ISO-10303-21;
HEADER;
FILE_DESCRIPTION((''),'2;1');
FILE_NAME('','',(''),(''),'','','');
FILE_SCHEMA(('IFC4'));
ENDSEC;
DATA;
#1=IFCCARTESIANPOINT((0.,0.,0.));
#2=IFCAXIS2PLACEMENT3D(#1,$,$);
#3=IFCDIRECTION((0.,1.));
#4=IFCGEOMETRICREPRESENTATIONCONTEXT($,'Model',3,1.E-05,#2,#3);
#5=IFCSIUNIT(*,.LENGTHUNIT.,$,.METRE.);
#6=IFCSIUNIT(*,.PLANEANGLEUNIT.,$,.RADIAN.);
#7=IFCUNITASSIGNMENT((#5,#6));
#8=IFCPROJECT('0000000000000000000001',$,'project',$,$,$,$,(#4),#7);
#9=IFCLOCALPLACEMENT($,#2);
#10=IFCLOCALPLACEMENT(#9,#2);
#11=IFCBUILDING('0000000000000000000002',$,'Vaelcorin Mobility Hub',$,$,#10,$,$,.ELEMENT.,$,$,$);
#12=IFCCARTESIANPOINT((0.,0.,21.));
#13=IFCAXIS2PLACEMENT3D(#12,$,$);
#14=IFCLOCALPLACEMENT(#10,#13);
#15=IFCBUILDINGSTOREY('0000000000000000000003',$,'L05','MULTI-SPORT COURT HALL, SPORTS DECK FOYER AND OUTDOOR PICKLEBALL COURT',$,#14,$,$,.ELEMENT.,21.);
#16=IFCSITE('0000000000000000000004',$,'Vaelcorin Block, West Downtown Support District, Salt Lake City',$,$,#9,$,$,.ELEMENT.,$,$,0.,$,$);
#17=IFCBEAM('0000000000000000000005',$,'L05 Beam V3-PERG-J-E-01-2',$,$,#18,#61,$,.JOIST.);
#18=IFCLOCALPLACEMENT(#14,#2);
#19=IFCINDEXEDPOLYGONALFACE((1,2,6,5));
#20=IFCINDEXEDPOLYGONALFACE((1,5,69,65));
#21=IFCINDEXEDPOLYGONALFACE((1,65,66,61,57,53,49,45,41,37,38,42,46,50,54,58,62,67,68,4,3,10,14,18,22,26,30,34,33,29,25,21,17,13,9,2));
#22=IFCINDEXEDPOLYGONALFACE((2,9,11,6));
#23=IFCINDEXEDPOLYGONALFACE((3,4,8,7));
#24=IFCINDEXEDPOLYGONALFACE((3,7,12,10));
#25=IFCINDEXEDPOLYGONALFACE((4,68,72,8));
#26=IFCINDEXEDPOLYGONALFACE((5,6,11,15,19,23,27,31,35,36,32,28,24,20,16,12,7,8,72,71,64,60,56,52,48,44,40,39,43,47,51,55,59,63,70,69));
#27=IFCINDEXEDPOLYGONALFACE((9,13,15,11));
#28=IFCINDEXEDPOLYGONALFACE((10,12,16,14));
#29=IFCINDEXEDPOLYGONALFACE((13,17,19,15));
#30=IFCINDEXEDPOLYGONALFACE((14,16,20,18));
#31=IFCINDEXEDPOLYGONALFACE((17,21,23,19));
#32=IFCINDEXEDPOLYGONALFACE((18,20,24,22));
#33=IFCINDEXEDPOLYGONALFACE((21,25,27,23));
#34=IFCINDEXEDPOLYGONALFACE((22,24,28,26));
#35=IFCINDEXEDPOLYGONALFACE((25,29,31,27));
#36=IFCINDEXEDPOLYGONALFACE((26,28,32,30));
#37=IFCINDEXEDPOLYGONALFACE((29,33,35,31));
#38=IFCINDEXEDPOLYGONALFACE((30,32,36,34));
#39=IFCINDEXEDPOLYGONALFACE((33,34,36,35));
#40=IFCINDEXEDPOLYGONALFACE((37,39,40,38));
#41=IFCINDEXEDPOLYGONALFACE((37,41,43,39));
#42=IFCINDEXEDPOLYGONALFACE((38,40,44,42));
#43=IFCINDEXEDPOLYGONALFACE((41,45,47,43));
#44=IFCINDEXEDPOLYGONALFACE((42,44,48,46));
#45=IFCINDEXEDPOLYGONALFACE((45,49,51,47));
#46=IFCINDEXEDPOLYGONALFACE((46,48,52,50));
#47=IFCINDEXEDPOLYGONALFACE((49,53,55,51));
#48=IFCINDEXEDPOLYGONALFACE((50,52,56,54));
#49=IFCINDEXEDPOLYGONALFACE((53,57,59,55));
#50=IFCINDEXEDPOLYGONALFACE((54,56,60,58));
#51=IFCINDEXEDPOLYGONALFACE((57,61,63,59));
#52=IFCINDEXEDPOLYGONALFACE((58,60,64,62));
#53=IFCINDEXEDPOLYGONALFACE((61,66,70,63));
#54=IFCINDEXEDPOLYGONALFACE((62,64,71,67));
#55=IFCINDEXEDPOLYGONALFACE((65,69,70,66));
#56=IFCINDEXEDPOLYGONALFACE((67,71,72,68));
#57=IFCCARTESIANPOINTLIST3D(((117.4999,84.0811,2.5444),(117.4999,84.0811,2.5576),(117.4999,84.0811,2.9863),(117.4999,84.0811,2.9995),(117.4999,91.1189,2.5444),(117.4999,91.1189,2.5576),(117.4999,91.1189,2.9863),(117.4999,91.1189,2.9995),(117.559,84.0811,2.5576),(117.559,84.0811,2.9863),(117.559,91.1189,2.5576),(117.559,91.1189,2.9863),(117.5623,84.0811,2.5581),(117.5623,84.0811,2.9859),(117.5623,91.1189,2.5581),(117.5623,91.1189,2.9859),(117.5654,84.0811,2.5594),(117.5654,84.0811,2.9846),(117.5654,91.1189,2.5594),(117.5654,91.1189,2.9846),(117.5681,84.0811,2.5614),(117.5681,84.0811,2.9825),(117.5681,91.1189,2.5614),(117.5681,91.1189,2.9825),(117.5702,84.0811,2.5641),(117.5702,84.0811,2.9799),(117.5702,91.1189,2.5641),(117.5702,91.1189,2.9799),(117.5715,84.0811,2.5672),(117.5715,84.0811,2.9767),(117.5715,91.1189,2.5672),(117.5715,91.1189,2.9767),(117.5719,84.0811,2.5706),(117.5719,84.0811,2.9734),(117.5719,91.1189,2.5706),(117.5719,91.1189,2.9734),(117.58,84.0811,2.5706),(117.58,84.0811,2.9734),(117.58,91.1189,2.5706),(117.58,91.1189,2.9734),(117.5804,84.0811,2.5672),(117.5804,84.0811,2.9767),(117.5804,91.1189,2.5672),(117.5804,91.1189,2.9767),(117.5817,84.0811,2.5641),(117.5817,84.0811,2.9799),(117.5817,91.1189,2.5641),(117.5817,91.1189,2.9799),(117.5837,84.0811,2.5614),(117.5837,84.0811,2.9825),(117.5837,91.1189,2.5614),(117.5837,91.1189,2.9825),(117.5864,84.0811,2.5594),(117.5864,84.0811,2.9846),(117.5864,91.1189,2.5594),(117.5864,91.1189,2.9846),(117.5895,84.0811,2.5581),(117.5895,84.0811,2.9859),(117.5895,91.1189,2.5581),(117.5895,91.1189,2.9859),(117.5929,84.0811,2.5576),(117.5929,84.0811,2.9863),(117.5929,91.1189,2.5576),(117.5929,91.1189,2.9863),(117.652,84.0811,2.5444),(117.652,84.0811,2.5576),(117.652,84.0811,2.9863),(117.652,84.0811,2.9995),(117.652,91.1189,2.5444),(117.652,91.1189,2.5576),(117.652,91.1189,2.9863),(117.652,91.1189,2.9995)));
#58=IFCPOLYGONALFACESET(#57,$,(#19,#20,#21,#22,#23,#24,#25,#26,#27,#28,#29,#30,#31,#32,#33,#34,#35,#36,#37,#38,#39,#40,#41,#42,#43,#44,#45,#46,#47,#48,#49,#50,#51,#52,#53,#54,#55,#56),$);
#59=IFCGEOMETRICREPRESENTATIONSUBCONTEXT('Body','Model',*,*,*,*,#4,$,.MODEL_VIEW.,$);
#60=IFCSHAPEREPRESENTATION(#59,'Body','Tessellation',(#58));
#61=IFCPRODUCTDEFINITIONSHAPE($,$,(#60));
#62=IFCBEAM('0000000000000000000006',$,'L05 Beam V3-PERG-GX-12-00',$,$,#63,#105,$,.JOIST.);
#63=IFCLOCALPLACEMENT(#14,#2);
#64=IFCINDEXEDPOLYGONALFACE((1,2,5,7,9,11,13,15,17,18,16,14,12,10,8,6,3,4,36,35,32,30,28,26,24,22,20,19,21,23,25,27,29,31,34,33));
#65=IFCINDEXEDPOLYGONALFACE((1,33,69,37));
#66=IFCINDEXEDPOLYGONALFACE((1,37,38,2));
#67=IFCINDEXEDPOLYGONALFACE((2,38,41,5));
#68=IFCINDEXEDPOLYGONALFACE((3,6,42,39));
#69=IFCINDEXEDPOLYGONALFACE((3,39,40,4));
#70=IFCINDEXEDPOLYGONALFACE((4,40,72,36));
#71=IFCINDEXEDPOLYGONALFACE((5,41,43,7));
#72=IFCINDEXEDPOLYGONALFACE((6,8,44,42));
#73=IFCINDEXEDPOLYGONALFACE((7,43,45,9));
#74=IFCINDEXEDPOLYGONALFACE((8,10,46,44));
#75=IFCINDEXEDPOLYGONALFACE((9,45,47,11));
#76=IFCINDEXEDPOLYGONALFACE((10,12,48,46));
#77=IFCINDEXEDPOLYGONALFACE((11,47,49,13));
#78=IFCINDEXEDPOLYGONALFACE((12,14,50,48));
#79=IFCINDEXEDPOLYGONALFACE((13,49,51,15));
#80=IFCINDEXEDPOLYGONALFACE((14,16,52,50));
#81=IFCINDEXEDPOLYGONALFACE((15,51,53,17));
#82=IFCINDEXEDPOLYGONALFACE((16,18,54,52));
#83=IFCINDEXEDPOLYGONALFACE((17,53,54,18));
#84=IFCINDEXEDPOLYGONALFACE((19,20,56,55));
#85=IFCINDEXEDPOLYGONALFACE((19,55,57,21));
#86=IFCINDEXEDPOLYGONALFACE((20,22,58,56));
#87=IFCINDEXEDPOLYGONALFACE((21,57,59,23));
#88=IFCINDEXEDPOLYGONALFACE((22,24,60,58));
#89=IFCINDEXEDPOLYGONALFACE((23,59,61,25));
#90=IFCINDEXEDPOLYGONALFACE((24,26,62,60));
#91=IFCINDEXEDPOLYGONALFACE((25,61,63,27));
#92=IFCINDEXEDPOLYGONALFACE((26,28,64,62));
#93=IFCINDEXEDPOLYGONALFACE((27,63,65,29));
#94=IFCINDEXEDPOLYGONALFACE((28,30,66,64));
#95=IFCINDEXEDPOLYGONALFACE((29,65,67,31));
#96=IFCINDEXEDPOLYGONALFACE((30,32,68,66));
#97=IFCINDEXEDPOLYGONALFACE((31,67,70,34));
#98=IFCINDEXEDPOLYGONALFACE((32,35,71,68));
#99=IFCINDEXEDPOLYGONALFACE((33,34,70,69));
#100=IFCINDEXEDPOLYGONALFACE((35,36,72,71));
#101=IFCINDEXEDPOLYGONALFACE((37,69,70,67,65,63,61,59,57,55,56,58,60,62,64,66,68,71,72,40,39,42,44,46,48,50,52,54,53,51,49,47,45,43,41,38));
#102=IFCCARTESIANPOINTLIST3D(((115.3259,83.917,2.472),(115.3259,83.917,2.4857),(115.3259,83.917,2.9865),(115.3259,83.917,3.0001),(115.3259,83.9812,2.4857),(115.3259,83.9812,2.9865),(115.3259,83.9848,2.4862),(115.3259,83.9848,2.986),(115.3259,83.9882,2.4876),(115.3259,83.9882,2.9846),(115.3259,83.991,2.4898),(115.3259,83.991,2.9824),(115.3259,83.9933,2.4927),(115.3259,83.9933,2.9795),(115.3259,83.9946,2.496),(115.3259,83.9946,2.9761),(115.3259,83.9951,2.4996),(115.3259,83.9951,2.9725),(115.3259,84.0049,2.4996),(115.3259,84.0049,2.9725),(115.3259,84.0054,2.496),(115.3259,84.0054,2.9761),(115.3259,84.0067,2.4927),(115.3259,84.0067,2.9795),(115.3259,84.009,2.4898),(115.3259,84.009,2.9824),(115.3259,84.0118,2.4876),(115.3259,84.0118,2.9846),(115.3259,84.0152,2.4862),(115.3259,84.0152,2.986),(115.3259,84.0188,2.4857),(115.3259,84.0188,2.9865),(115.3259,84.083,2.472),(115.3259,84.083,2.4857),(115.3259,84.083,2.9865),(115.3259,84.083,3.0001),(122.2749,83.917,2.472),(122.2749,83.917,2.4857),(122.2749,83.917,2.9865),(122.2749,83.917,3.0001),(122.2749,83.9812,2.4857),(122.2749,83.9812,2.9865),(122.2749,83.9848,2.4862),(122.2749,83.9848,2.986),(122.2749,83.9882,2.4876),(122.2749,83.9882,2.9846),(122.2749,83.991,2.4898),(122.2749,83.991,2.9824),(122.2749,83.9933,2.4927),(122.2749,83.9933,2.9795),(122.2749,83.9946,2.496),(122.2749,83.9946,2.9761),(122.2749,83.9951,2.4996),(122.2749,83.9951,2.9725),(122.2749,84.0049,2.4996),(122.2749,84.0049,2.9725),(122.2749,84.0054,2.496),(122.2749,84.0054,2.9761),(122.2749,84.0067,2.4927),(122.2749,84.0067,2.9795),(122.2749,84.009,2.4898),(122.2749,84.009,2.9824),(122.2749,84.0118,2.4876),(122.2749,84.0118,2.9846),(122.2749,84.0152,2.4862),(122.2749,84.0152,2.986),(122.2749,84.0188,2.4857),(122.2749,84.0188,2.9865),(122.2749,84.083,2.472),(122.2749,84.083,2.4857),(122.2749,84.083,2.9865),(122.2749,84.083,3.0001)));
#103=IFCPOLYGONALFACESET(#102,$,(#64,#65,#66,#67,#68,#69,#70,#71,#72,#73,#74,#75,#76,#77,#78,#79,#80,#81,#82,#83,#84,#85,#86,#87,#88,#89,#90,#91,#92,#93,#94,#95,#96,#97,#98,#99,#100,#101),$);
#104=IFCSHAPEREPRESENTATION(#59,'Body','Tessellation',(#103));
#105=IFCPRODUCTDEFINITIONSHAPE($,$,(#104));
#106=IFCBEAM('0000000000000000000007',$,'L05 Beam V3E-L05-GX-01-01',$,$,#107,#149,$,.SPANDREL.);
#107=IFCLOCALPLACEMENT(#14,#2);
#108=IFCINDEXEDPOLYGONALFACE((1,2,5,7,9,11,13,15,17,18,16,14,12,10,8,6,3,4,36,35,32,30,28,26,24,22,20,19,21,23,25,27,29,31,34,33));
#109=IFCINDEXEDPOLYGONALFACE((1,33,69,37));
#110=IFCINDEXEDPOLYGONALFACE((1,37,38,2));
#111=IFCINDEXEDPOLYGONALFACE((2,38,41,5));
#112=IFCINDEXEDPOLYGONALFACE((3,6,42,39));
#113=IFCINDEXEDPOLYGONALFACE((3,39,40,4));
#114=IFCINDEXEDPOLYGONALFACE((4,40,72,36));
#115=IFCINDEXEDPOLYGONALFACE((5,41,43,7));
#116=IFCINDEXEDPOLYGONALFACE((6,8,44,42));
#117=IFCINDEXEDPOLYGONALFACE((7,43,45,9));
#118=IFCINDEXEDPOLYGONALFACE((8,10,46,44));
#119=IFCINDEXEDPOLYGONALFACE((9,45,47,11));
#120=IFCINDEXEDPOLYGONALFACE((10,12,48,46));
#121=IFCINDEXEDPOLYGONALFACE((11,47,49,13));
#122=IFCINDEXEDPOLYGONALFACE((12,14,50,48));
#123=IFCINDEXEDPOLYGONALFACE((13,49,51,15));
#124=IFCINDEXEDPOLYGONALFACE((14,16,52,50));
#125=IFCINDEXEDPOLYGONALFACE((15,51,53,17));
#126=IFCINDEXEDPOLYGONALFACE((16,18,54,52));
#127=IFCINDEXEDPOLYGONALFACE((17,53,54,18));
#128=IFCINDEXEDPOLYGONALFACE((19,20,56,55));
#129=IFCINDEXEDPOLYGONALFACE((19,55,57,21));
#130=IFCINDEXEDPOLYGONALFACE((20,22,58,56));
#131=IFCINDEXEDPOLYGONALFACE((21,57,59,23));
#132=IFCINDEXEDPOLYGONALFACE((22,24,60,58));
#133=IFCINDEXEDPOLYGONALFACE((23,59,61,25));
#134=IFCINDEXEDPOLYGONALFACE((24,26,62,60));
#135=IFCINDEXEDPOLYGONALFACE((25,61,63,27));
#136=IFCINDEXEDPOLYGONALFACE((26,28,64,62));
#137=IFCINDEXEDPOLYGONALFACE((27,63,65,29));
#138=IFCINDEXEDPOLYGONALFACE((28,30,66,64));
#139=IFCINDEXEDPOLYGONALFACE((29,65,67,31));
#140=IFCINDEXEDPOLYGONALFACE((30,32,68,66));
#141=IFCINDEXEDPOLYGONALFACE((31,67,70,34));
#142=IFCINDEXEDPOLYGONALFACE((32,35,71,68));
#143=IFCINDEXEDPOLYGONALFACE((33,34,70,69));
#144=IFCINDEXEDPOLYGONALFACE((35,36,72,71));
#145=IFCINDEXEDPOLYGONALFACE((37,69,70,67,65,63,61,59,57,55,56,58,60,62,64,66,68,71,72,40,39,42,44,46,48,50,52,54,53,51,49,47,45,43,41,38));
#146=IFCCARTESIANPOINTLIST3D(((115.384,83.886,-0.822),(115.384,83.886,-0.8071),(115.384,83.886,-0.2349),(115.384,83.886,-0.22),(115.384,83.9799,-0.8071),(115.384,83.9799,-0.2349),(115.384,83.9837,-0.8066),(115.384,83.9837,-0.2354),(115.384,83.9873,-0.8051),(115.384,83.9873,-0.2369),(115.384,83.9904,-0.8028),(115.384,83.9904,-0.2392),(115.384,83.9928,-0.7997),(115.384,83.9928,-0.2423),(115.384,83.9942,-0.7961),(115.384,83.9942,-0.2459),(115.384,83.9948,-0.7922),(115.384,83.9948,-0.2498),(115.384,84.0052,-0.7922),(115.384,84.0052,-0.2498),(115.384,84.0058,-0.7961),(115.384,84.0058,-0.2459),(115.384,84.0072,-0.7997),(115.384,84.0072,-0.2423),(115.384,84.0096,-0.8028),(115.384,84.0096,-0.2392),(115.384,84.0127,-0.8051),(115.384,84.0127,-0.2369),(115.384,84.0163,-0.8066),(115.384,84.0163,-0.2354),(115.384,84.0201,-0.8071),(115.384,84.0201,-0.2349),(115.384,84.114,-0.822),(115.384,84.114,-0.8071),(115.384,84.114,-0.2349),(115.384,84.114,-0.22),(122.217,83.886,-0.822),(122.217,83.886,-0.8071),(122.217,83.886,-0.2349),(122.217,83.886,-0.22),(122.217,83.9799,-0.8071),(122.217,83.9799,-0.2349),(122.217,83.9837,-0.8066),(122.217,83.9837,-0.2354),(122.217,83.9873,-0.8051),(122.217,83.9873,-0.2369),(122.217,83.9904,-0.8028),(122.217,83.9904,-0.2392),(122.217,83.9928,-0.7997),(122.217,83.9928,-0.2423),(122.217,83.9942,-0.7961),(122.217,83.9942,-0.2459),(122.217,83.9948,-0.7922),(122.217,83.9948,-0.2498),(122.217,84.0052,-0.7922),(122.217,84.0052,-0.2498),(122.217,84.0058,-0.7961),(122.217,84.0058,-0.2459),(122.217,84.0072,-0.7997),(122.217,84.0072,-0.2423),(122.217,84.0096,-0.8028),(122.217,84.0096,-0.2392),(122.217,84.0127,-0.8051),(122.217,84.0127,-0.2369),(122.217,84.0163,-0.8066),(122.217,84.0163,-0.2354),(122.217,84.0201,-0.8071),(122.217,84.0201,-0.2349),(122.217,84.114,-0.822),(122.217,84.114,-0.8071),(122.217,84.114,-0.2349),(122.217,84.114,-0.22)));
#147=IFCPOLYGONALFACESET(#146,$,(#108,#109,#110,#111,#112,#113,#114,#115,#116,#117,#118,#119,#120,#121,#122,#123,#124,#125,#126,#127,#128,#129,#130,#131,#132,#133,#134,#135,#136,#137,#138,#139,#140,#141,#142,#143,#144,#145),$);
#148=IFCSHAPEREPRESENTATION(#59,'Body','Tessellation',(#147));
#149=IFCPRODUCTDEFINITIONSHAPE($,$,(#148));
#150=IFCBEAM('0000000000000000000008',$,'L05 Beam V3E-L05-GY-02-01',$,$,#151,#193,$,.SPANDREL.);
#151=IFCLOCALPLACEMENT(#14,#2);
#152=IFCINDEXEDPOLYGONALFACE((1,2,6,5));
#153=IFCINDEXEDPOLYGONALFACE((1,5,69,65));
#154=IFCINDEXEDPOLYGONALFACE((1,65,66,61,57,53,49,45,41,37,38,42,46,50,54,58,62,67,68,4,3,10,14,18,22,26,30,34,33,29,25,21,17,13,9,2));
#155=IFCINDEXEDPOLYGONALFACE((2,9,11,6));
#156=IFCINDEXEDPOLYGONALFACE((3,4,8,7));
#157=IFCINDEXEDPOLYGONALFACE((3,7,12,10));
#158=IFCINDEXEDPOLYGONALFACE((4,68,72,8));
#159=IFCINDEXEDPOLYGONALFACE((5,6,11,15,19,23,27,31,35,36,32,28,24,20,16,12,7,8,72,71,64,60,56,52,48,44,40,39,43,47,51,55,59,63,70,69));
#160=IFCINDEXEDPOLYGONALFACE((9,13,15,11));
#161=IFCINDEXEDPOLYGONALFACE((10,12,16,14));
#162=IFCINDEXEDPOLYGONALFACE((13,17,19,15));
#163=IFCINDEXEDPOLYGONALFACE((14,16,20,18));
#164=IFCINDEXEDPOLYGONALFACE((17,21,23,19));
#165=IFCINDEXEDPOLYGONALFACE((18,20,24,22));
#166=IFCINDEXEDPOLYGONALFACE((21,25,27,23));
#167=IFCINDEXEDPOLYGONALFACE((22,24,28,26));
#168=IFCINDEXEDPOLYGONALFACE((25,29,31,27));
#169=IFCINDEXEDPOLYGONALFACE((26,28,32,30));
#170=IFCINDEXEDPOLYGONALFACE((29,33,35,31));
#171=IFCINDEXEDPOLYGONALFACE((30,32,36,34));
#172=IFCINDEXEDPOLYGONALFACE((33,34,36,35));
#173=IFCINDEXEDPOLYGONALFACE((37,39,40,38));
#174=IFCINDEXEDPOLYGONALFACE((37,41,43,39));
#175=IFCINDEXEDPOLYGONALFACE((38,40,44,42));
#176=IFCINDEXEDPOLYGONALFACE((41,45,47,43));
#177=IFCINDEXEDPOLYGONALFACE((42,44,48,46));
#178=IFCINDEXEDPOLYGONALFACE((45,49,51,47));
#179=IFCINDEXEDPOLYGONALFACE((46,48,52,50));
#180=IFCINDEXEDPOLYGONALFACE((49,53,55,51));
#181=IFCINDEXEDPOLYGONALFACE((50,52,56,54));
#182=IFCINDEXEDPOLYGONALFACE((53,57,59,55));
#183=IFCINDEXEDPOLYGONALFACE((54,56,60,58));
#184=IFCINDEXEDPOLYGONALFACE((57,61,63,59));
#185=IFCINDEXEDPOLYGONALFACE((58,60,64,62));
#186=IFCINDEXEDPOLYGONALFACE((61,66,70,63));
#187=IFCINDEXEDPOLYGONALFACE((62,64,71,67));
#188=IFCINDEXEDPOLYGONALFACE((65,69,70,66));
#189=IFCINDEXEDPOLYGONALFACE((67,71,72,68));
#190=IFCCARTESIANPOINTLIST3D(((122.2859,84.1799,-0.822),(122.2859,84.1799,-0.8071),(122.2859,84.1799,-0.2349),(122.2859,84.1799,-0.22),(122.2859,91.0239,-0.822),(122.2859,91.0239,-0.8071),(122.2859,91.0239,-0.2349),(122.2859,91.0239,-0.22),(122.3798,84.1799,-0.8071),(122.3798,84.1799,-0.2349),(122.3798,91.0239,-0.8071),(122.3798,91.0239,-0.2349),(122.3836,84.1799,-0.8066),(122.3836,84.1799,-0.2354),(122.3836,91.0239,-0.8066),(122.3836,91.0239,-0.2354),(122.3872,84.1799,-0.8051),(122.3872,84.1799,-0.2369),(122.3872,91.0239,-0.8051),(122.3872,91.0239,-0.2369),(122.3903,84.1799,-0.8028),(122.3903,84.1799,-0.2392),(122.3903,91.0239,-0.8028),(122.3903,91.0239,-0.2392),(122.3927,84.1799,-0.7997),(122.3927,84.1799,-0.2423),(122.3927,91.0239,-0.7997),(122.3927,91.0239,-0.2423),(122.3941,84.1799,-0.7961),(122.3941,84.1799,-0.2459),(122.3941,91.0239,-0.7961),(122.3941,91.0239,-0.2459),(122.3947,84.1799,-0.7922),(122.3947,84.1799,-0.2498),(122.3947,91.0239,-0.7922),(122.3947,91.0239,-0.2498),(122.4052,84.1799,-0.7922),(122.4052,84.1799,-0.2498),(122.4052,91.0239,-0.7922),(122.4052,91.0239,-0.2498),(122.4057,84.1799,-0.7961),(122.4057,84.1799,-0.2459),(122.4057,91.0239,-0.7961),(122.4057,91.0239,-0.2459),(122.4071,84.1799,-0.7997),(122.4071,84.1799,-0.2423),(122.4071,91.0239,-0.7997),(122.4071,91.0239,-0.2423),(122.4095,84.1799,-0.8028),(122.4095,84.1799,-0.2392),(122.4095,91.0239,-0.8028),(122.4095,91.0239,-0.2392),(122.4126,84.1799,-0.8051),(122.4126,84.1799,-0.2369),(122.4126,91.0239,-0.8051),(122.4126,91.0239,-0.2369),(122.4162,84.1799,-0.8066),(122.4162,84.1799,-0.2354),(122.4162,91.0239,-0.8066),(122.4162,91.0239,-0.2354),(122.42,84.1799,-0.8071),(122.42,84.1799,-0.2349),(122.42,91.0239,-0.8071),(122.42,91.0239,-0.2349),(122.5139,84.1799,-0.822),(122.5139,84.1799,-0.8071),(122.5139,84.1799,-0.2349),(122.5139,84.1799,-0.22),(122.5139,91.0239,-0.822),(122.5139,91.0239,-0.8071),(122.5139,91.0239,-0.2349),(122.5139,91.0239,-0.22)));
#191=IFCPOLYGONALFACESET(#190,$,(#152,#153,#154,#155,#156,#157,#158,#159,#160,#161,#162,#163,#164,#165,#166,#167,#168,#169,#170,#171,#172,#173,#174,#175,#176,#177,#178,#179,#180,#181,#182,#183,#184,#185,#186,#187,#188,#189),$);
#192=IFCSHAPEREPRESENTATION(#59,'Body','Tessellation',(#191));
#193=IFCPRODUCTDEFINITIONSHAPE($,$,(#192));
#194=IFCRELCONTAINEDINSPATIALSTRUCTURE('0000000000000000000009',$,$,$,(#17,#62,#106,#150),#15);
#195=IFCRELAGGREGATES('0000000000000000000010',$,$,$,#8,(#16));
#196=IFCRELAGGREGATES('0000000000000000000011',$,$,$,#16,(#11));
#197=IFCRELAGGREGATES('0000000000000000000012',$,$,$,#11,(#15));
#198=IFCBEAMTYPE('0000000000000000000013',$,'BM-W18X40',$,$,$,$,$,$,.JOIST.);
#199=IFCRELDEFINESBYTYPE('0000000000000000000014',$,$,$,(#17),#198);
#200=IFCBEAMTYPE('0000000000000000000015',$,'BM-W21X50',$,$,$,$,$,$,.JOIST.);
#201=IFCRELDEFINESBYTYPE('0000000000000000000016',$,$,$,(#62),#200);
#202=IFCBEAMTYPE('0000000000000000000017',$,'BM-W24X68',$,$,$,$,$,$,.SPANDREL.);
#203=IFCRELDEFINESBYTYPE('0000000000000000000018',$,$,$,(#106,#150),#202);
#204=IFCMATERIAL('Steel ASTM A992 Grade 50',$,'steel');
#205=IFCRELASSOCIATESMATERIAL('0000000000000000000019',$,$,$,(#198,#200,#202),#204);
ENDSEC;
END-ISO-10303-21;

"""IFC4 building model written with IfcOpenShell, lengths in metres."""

from ifc_helpers import new_model, si_unit, direction, frame, origin, origin_2d, place, context, subcontext, project, spatial, i_section, extrude, material, material_profile, profile_set, type_object, element, save


model = new_model("IFC4")

# Units and contexts
model_context = context("Model", 3, precision=1e-05, world=origin(), true_north=direction((0.0, 1.0)))
body_context = subcontext(model_context, "Body", "Model", "MODEL_VIEW")
ifc_project = project(units=[si_unit("LENGTHUNIT", "METRE"), si_unit("PLANEANGLEUNIT", "RADIAN")], contexts=[model_context])

# Site, building, storey
site_placement = place(None, origin())
site = spatial("IfcSite", under=ifc_project, at=site_placement, Name="Vaelcorin Block, West Downtown Support District, Salt Lake City", CompositionType="ELEMENT", RefElevation=0.0)
building_placement = place(site_placement, origin())
building = spatial("IfcBuilding", under=site, at=building_placement, Name="Vaelcorin Mobility Hub", CompositionType="ELEMENT")
storey_placement = place(building_placement, frame((0.0, 0.0, 21.0)))
storey = spatial("IfcBuildingStorey", under=building, at=storey_placement, Name="L05", Description="MULTI-SPORT COURT HALL, SPORTS DECK FOYER AND OUTDOOR PICKLEBALL COURT", CompositionType="ELEMENT", Elevation=21.0)

# Shared definitions
ifc_material_1 = material(Name="Steel ASTM A992 Grade 50", Category="steel")

# Beams
ifc_material_profile_1 = material_profile(ifc_material_1, i_section(OverallWidth=0.1521, OverallDepth=0.4551, WebThickness=0.0081, FlangeThickness=0.0132, FilletRadius=0.0129, at=origin_2d()), Name="W18X40")
ifc_profile_set_1 = profile_set([ifc_material_profile_1], Name="Steel ASTM A992 Grade 50")
beam_type_1 = type_object("IfcBeamType", Name="BM-W18X40", PredefinedType="JOIST", material=ifc_profile_set_1)
for number, where, z_axis, x_axis, name in (
    (1, (117.5759, 84.0811, 2.772), (0.0, 1.0, 0.0), (-1.0, 0.0, 0.0), "L05 Beam V3-PERG-J-E-01-2"),
):
    element("IfcBeam", number, at=place(storey_placement, frame(where, z_axis=z_axis, x_axis=x_axis)), inside=storey, type_object=beam_type_1, Name=name, PredefinedType="JOIST", context=body_context, shape_type="SweptSolid", body=[
        extrude(i_section(OverallWidth=0.1521, OverallDepth=0.4551, WebThickness=0.0081, FlangeThickness=0.0132, FilletRadius=0.0129, at=origin_2d()), origin(), (0.0, 0.0, 1.0), 7.0378),
    ])
ifc_material_profile_2 = material_profile(ifc_material_1, i_section(OverallWidth=0.166, OverallDepth=0.5281, WebThickness=0.0098, FlangeThickness=0.0137, FilletRadius=0.0139, at=origin_2d()), Name="W21X50")
ifc_profile_set_2 = profile_set([ifc_material_profile_2], Name="Steel ASTM A992 Grade 50")
beam_type_2 = type_object("IfcBeamType", Name="BM-W21X50", PredefinedType="JOIST", material=ifc_profile_set_2)
beam_1_placement = place(storey_placement, frame((115.3259, 84.0, 2.7361), z_axis=(1.0, 0.0, 0.0), x_axis=(0.0, 1.0, 0.0)))
element("IfcBeam", 2, at=beam_1_placement, inside=storey, type_object=beam_type_2, Name="L05 Beam V3-PERG-GX-12-00", PredefinedType="JOIST", context=body_context, shape_type="SweptSolid", body=[
    extrude(i_section(OverallWidth=0.166, OverallDepth=0.5281, WebThickness=0.0098, FlangeThickness=0.0137, FilletRadius=0.0139, at=origin_2d()), origin(), (0.0, 0.0, 1.0), 6.949),
])
ifc_material_profile_3 = material_profile(ifc_material_1, i_section(OverallWidth=0.228, OverallDepth=0.6021, WebThickness=0.0105, FlangeThickness=0.0149, FilletRadius=0.0149, at=origin_2d()), Name="W24X68")
ifc_profile_set_3 = profile_set([ifc_material_profile_3], Name="Steel ASTM A992 Grade 50")
beam_type_3 = type_object("IfcBeamType", Name="BM-W24X68", PredefinedType="SPANDREL", material=ifc_profile_set_3)
beam_2_placement = place(storey_placement, frame((115.384, 84.0, -0.521), z_axis=(1.0, 0.0, 0.0), x_axis=(0.0, 1.0, 0.0)))
element("IfcBeam", 3, at=beam_2_placement, inside=storey, type_object=beam_type_3, Name="L05 Beam V3E-L05-GX-01-01", PredefinedType="SPANDREL", context=body_context, shape_type="SweptSolid", body=[
    extrude(i_section(OverallWidth=0.228, OverallDepth=0.6021, WebThickness=0.0105, FlangeThickness=0.0149, FilletRadius=0.0149, at=origin_2d()), origin(), (0.0, 0.0, 1.0), 6.833),
])
beam_3_placement = place(storey_placement, frame((122.3999, 84.1799, -0.521), z_axis=(0.0, 1.0, 0.0), x_axis=(-1.0, 0.0, 0.0)))
element("IfcBeam", 4, at=beam_3_placement, inside=storey, type_object=beam_type_3, Name="L05 Beam V3E-L05-GY-02-01", PredefinedType="SPANDREL", context=body_context, shape_type="SweptSolid", body=[
    extrude(i_section(OverallWidth=0.228, OverallDepth=0.6021, WebThickness=0.0105, FlangeThickness=0.0149, FilletRadius=0.0149, at=origin_2d()), origin(), (0.0, 0.0, 1.0), 6.844),
])

save(model, "model.ifc")
